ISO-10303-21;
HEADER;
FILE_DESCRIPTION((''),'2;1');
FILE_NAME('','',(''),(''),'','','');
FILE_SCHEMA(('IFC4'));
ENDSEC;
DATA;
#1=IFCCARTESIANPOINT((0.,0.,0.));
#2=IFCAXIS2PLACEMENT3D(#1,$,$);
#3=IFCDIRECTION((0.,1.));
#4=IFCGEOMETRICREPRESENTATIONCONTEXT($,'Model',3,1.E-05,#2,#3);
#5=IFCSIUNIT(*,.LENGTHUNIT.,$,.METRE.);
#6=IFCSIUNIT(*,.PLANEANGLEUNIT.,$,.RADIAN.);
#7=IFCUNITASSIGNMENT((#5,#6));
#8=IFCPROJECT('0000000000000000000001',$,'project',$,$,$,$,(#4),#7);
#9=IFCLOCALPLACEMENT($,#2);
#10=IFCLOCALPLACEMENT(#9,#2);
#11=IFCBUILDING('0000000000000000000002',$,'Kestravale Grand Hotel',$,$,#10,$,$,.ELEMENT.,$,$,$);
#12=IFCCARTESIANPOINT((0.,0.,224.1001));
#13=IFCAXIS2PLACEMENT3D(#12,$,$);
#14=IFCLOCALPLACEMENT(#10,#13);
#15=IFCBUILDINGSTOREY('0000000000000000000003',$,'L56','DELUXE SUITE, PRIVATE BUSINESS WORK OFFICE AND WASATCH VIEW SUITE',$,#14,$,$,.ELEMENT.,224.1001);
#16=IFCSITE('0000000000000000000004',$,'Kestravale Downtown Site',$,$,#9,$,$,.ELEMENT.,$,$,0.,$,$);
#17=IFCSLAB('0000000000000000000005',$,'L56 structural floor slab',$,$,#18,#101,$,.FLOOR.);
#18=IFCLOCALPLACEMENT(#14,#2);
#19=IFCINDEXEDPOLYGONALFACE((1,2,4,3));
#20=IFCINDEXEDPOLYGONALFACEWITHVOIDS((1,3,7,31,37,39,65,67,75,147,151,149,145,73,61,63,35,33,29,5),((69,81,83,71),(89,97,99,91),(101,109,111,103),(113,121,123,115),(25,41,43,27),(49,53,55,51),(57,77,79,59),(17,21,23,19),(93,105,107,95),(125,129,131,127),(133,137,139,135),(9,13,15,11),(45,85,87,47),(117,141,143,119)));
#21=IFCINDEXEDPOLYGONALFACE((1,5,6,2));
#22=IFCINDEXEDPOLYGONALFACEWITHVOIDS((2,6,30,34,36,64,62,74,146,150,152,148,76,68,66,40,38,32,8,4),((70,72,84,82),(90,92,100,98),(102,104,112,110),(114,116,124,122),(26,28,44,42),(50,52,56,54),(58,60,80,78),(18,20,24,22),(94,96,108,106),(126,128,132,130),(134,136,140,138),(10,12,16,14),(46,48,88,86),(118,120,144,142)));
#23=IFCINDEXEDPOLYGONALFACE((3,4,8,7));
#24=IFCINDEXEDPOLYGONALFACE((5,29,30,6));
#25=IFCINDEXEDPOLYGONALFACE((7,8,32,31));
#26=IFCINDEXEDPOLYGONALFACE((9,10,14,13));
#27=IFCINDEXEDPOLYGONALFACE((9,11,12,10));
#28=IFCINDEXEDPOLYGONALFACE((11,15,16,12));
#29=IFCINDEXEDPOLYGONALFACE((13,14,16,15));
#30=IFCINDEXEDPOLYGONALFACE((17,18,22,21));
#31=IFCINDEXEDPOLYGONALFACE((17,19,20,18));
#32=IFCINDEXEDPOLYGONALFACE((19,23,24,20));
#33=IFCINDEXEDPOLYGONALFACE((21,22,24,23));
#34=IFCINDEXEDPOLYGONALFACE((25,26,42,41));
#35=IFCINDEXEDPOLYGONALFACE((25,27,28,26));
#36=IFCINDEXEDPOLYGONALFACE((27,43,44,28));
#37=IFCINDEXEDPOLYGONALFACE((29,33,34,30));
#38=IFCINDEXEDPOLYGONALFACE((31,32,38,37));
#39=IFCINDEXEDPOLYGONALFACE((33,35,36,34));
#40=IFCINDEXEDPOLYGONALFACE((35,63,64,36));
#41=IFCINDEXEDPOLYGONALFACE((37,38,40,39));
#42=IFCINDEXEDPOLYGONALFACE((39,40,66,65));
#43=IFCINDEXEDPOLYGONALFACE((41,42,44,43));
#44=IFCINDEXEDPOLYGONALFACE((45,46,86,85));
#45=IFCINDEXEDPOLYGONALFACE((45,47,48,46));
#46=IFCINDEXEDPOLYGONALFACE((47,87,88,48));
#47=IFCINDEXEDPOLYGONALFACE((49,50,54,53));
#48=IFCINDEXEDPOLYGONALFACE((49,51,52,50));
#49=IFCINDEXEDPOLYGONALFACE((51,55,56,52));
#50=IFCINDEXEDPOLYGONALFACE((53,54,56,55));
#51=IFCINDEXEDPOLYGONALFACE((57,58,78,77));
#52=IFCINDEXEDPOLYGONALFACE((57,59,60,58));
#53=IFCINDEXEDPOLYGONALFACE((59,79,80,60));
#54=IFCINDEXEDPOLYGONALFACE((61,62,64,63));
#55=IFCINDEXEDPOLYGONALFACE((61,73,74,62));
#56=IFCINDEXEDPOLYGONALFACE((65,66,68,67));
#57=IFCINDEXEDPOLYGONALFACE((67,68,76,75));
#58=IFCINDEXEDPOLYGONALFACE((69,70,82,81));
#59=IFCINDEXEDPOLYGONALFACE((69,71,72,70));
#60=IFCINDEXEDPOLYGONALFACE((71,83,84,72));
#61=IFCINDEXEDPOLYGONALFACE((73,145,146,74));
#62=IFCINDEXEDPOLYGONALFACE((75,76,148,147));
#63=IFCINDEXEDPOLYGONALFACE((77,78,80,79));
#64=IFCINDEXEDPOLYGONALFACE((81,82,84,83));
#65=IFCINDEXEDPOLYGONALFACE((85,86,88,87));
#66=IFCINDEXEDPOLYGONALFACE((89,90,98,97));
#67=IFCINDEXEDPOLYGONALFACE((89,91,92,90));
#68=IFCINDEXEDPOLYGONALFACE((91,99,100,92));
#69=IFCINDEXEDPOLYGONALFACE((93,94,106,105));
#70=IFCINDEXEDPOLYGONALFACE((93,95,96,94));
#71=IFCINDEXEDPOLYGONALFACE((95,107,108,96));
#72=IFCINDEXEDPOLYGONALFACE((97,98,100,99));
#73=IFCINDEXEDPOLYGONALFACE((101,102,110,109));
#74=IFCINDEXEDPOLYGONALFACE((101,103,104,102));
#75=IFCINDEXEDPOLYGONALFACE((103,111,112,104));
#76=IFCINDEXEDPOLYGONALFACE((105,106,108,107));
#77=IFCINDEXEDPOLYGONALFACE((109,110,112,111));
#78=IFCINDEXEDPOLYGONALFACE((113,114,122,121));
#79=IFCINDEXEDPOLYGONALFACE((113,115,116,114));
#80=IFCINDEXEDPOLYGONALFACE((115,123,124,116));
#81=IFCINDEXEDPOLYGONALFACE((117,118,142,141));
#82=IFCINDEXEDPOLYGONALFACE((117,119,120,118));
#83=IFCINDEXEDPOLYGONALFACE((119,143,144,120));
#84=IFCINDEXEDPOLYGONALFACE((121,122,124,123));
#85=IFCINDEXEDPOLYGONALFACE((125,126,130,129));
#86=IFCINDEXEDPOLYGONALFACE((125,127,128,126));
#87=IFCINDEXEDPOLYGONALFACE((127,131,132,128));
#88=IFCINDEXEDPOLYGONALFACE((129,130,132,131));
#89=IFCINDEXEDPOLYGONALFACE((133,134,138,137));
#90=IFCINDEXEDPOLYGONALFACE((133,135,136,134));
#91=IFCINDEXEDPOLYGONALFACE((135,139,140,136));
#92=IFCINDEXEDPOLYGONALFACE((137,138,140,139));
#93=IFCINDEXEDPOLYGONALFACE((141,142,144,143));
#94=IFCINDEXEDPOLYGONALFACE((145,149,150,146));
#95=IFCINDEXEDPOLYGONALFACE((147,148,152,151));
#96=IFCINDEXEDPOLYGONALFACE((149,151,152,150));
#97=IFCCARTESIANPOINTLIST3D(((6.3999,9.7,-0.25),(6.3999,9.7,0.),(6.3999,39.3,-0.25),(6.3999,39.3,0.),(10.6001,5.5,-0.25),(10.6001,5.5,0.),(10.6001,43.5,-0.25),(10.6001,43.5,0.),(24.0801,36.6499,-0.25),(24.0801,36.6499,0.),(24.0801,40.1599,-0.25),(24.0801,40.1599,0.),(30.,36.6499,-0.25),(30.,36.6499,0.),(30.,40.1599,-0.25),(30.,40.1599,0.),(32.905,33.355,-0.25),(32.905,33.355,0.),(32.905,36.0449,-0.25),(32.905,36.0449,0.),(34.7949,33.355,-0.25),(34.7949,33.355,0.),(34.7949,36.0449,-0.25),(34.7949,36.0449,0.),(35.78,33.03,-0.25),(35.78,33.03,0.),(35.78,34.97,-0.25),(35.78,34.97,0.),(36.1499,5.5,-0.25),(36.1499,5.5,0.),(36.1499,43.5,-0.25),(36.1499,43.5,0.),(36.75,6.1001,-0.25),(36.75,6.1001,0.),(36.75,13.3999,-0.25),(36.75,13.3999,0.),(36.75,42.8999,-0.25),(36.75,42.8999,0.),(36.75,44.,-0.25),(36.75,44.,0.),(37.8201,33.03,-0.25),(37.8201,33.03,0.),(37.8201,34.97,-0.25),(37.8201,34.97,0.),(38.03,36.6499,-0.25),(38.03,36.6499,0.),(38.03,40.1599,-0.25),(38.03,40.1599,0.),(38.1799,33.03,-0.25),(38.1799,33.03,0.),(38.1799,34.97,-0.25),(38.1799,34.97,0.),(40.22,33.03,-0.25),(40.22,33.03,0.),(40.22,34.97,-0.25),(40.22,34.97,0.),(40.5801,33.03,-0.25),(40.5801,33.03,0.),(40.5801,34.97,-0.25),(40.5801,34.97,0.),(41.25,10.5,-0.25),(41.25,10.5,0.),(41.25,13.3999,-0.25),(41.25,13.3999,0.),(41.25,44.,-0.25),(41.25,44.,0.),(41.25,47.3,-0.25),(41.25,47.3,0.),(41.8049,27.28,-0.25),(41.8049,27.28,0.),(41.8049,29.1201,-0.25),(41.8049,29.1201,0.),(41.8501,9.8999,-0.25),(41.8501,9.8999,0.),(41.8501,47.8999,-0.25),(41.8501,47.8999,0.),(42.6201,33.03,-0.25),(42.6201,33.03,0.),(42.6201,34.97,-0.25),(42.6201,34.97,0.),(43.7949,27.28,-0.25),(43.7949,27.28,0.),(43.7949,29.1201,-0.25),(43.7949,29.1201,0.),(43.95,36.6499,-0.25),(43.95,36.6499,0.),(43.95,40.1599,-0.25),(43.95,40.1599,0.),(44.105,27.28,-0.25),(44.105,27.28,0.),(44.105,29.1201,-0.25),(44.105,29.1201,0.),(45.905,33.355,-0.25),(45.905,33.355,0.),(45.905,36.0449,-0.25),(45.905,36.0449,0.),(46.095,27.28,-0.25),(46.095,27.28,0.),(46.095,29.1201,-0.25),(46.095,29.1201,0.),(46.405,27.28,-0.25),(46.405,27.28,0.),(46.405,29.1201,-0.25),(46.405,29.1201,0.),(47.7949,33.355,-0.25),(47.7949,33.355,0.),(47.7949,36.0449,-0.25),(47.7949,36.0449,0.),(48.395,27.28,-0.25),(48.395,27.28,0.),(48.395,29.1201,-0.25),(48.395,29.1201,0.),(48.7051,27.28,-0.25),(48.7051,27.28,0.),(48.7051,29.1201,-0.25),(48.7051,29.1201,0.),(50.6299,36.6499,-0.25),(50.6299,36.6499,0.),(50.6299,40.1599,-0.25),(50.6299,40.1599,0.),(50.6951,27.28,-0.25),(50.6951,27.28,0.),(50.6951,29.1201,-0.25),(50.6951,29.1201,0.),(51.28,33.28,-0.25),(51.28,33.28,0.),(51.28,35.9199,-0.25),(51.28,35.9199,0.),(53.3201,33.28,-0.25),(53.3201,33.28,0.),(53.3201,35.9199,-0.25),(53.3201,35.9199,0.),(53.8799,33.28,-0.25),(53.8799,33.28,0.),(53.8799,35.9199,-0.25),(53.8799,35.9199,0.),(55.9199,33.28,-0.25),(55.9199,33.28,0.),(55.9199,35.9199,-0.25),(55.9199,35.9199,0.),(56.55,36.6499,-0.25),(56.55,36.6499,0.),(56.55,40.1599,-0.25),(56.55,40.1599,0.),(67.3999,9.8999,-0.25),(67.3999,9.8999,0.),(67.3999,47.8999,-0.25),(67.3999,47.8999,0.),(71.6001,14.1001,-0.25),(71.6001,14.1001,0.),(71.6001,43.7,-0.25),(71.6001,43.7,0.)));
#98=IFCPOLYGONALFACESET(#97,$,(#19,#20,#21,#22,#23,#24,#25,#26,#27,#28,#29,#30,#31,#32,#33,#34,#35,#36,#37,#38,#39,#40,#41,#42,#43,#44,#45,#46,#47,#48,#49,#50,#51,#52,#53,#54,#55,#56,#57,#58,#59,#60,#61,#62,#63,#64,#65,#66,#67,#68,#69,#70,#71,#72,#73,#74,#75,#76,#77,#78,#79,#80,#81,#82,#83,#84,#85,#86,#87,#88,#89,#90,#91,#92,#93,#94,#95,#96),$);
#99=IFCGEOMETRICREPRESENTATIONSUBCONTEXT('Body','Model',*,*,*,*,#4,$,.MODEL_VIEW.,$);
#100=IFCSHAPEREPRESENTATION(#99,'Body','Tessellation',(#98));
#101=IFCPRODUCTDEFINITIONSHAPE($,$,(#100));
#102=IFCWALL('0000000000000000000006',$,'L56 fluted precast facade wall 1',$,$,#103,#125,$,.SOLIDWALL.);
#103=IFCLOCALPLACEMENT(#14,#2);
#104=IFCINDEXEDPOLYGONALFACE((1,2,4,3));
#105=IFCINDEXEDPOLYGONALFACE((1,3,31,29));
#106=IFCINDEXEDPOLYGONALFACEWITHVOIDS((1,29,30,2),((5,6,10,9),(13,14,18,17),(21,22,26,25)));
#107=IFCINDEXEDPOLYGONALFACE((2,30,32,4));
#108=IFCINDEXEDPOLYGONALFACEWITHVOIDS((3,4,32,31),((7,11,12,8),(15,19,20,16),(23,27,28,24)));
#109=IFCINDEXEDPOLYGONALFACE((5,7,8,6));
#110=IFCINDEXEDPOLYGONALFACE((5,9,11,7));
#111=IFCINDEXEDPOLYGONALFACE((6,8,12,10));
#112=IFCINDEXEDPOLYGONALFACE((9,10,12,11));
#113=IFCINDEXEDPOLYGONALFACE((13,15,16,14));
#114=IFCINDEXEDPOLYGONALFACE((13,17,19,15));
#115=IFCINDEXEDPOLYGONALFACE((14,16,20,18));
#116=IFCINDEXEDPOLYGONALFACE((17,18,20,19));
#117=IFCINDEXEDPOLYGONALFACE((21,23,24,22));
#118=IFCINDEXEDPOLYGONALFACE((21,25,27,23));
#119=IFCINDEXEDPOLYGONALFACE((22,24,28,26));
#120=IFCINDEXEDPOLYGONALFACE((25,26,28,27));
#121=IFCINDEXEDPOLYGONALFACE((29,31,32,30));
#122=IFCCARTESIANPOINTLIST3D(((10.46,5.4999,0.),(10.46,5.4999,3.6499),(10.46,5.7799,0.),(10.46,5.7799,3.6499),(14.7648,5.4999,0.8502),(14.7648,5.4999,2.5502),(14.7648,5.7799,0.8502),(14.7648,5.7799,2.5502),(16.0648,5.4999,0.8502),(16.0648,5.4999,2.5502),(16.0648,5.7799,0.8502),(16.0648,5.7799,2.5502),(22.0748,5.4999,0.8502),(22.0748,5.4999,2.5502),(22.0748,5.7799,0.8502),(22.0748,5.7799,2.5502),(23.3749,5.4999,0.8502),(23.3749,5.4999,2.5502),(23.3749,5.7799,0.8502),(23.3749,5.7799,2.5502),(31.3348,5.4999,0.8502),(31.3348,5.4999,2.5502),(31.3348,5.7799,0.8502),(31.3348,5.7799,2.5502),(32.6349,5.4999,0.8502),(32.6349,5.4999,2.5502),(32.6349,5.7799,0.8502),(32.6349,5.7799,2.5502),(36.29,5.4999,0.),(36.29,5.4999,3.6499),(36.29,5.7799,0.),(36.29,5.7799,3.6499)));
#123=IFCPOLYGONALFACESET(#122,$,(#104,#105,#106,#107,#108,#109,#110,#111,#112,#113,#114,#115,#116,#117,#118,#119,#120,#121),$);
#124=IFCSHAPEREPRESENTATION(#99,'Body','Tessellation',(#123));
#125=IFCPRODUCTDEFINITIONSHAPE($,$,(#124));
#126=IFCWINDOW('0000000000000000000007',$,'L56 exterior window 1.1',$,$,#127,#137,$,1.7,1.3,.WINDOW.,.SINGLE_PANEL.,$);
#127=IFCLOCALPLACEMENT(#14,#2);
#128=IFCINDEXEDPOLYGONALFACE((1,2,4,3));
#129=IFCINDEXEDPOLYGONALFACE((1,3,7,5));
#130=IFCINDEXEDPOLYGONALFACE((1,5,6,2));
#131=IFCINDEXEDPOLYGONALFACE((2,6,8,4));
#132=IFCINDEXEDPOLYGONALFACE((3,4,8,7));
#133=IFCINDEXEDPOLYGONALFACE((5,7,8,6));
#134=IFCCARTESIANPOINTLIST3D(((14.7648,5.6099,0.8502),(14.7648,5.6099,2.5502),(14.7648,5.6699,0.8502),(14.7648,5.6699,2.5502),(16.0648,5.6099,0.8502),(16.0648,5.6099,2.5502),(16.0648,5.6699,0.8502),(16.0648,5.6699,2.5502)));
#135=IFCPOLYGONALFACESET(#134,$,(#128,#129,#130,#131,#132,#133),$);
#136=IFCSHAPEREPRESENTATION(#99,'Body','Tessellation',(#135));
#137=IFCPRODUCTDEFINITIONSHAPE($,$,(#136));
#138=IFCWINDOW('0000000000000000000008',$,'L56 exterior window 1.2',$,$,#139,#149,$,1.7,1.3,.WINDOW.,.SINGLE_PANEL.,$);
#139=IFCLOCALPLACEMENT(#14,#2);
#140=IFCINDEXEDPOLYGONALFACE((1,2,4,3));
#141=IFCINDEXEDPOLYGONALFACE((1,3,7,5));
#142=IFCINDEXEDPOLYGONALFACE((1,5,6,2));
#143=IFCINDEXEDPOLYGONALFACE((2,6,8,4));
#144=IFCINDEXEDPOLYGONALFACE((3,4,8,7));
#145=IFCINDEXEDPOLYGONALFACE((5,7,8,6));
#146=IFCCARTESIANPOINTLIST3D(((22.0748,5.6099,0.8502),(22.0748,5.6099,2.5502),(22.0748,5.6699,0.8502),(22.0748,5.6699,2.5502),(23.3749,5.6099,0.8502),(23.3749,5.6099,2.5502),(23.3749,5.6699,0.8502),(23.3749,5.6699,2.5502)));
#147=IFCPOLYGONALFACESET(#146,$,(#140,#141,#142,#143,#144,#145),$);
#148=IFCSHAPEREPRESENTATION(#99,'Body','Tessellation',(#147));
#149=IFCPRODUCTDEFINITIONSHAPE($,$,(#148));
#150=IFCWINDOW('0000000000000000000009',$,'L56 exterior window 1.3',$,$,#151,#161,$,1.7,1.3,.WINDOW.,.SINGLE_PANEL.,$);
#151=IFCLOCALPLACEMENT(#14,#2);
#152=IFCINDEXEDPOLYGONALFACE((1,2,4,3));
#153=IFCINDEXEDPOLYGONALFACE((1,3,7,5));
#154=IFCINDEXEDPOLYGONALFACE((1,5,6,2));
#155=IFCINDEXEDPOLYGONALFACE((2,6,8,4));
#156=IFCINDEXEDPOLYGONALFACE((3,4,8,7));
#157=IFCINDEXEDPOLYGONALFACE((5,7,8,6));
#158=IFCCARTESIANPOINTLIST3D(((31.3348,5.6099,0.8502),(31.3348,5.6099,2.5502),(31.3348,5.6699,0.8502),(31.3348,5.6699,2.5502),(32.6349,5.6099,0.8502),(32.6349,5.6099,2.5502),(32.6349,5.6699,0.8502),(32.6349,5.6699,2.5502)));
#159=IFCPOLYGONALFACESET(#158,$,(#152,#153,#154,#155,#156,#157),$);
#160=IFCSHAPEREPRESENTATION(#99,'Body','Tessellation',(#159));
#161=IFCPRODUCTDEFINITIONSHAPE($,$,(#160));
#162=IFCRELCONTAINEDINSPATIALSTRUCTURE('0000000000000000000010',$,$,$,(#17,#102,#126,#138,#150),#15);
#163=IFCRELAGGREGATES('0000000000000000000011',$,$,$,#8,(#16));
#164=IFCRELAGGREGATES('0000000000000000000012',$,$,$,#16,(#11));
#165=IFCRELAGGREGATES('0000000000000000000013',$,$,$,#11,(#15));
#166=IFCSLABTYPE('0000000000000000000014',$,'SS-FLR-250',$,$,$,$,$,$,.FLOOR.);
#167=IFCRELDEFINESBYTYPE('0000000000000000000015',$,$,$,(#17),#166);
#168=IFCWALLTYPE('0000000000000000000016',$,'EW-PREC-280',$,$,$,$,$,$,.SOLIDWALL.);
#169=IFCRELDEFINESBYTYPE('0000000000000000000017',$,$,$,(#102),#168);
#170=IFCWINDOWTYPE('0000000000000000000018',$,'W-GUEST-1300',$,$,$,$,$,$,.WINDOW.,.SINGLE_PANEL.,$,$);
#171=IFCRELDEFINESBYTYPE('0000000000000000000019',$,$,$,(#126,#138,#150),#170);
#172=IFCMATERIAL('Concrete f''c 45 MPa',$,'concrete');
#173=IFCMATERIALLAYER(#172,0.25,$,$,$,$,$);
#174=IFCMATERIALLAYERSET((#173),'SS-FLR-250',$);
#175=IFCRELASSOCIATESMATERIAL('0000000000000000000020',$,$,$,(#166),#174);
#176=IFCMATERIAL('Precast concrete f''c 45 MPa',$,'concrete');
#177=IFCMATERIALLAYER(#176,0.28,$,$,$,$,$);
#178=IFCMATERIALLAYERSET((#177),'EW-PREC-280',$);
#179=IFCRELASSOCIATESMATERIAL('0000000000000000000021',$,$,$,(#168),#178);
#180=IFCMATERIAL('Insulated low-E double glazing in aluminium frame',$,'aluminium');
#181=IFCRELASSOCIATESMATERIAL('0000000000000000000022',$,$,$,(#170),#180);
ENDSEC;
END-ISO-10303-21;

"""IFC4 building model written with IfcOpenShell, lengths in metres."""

from ifc_helpers import new_model, si_unit, direction, frame, frame_2d, origin, place, context, subcontext, project, spatial, polyline, rectangle, outline, extrude, material, layer, layer_set, type_object, element, fill, save


model = new_model("IFC4")

# Units and contexts
model_context = context("Model", 3, precision=1e-05, world=origin(), true_north=direction((0.0, 1.0)))
body_context = subcontext(model_context, "Body", "Model", "MODEL_VIEW")
ifc_project = project(units=[si_unit("LENGTHUNIT", "METRE"), si_unit("PLANEANGLEUNIT", "RADIAN")], contexts=[model_context])

# Site, building, storey
site_placement = place(None, origin())
site = spatial("IfcSite", under=ifc_project, at=site_placement, Name="Kestravale Downtown Site", CompositionType="ELEMENT", RefElevation=0.0)
building_placement = place(site_placement, origin())
building = spatial("IfcBuilding", under=site, at=building_placement, Name="Kestravale Grand Hotel", CompositionType="ELEMENT")
storey_placement = place(building_placement, frame((0.0, 0.0, 224.1001)))
storey = spatial("IfcBuildingStorey", under=building, at=storey_placement, Name="L56", Description="DELUXE SUITE, PRIVATE BUSINESS WORK OFFICE AND WASATCH VIEW SUITE", CompositionType="ELEMENT", Elevation=224.1001)

# Slab
ifc_material_1 = material(Name="Concrete f'c 45 MPa", Category="concrete")
ifc_layer_1 = layer(ifc_material_1, 0.25)
ifc_layer_set_1 = layer_set([ifc_layer_1], Name="SS-FLR-250")
slab_type_1 = type_object("IfcSlabType", Name="SS-FLR-250", PredefinedType="FLOOR", material=ifc_layer_set_1)
slab_1_placement = place(storey_placement, frame((0.0, 0.0, -0.25)))
element("IfcSlab", 1, at=slab_1_placement, inside=storey, type_object=slab_type_1, Name="L56 structural floor slab", PredefinedType="FLOOR", context=body_context, shape_type="SweptSolid", body=[
    extrude(outline(polyline([(10.6001, 5.5), (36.1499, 5.5), (36.75, 6.1001), (36.75, 13.3999), (41.25, 13.3999), (41.25, 10.5), (41.8501, 9.8999), (67.3999, 9.8999), (71.6001, 14.1001), (71.6001, 43.7), (67.3999, 47.8999), (41.8501, 47.8999), (41.25, 47.3), (41.25, 44.0), (36.75, 44.0), (36.75, 42.8999), (36.1499, 43.5), (10.6001, 43.5), (6.3999, 39.3), (6.3999, 9.7), (10.6001, 5.5)]), holes=[polyline([(24.0801, 36.6499), (30.0, 36.6499), (30.0, 40.1599), (24.0801, 40.1599), (24.0801, 36.6499)]), polyline([(38.03, 36.6499), (43.95, 36.6499), (43.95, 40.1599), (38.03, 40.1599), (38.03, 36.6499)]), polyline([(50.6299, 36.6499), (56.55, 36.6499), (56.55, 40.1599), (50.6299, 40.1599), (50.6299, 36.6499)]), polyline([(41.8049, 27.28), (43.7949, 27.28), (43.7949, 29.1201), (41.8049, 29.1201), (41.8049, 27.28)]), polyline([(44.105, 27.28), (46.095, 27.28), (46.095, 29.1201), (44.105, 29.1201), (44.105, 27.28)]), polyline([(46.405, 27.28), (48.395, 27.28), (48.395, 29.1201), (46.405, 29.1201), (46.405, 27.28)]), polyline([(48.7051, 27.28), (50.6951, 27.28), (50.6951, 29.1201), (48.7051, 29.1201), (48.7051, 27.28)]), polyline([(35.78, 33.03), (37.8201, 33.03), (37.8201, 34.97), (35.78, 34.97), (35.78, 33.03)]), polyline([(38.1799, 33.03), (40.22, 33.03), (40.22, 34.97), (38.1799, 34.97), (38.1799, 33.03)]), polyline([(40.5801, 33.03), (42.6201, 33.03), (42.6201, 34.97), (40.5801, 34.97), (40.5801, 33.03)]), polyline([(32.905, 33.355), (34.7949, 33.355), (34.7949, 36.0449), (32.905, 36.0449), (32.905, 33.355)]), polyline([(45.905, 33.355), (47.7949, 33.355), (47.7949, 36.0449), (45.905, 36.0449), (45.905, 33.355)]), polyline([(51.28, 33.28), (53.3201, 33.28), (53.3201, 35.9199), (51.28, 35.9199), (51.28, 33.28)]), polyline([(53.8799, 33.28), (55.9199, 33.28), (55.9199, 35.9199), (53.8799, 35.9199), (53.8799, 33.28)])]), origin(), (0.0, 0.0, 1.0), 0.25),
])

# Wall, openings, windows
ifc_material_2 = material(Name="Precast concrete f'c 45 MPa", Category="concrete")
ifc_layer_2 = layer(ifc_material_2, 0.28)
ifc_layer_set_2 = layer_set([ifc_layer_2], Name="EW-PREC-280")
wall_type_1 = type_object("IfcWallType", Name="EW-PREC-280", PredefinedType="SOLIDWALL", material=ifc_layer_set_2)
wall_1_placement = place(storey_placement, frame((10.46, 5.6399, 0.0), z_axis=(0.0, 0.0, 1.0), x_axis=(1.0, 0.0, 0.0)))
wall_1 = element("IfcWall", 2, at=wall_1_placement, inside=storey, type_object=wall_type_1, Name="L56 fluted precast facade wall 1", PredefinedType="SOLIDWALL", context=body_context, shape_type="SweptSolid", body=[
    extrude(rectangle(XDim=25.8301, YDim=0.28, at=frame_2d((12.915, 0.0))), origin(), (0.0, 0.0, 1.0), 3.6499),
])
opening_1_placement = place(wall_1_placement, frame((4.3049, 0.0, 0.8501)))
opening_1 = element("IfcOpeningElement", 3, at=opening_1_placement, cuts=wall_1, PredefinedType="OPENING", context=body_context, shape_type="SweptSolid", body=[
    extrude(rectangle(XDim=1.3, YDim=1.7, at=frame_2d((0.6499, 0.8501))), frame((0.0, 0.1499, 0.0), z_axis=(0.0, -1.0, 0.0), x_axis=(1.0, 0.0, 0.0)), (0.0, 0.0, 1.0), 0.3),
])
opening_2_placement = place(wall_1_placement, frame((11.615, 0.0, 0.8501)))
opening_2 = element("IfcOpeningElement", 4, at=opening_2_placement, cuts=wall_1, PredefinedType="OPENING", context=body_context, shape_type="SweptSolid", body=[
    extrude(rectangle(XDim=1.3, YDim=1.7, at=frame_2d((0.6499, 0.8501))), frame((0.0, 0.1499, 0.0), z_axis=(0.0, -1.0, 0.0), x_axis=(1.0, 0.0, 0.0)), (0.0, 0.0, 1.0), 0.3),
])
opening_3_placement = place(wall_1_placement, frame((20.875, 0.0, 0.8501)))
opening_3 = element("IfcOpeningElement", 5, at=opening_3_placement, cuts=wall_1, PredefinedType="OPENING", context=body_context, shape_type="SweptSolid", body=[
    extrude(rectangle(XDim=1.3, YDim=1.7, at=frame_2d((0.6499, 0.8501))), frame((0.0, 0.1499, 0.0), z_axis=(0.0, -1.0, 0.0), x_axis=(1.0, 0.0, 0.0)), (0.0, 0.0, 1.0), 0.3),
])
ifc_material_3 = material(Name="Insulated low-E double glazing in aluminium frame", Category="aluminium")
window_type = type_object("IfcWindowType", Name="W-GUEST-1300", PartitioningType="SINGLE_PANEL", PredefinedType="WINDOW", material=ifc_material_3)
window_1_placement = place(opening_1_placement, origin())
window_1 = element("IfcWindow", 6, at=window_1_placement, inside=storey, type_object=window_type, Name="L56 exterior window 1.1", OverallHeight=1.7, OverallWidth=1.3, PartitioningType="SINGLE_PANEL", PredefinedType="WINDOW", context=body_context, shape_type="SweptSolid", body=[
    extrude(rectangle(XDim=1.3, YDim=1.7, at=frame_2d((0.6499, 0.8501))), frame((0.0, 0.03, 0.0), z_axis=(0.0, -1.0, 0.0), x_axis=(1.0, 0.0, 0.0)), (0.0, 0.0, 1.0), 0.0601),
])
fill(opening_1, window_1)
window_2_placement = place(opening_2_placement, origin())
window_2 = element("IfcWindow", 7, at=window_2_placement, inside=storey, type_object=window_type, Name="L56 exterior window 1.2", OverallHeight=1.7, OverallWidth=1.3, PartitioningType="SINGLE_PANEL", PredefinedType="WINDOW", context=body_context, shape_type="SweptSolid", body=[
    extrude(rectangle(XDim=1.3, YDim=1.7, at=frame_2d((0.6499, 0.8501))), frame((0.0, 0.03, 0.0), z_axis=(0.0, -1.0, 0.0), x_axis=(1.0, 0.0, 0.0)), (0.0, 0.0, 1.0), 0.0601),
])
fill(opening_2, window_2)
window_3_placement = place(opening_3_placement, origin())
window_3 = element("IfcWindow", 8, at=window_3_placement, inside=storey, type_object=window_type, Name="L56 exterior window 1.3", OverallHeight=1.7, OverallWidth=1.3, PartitioningType="SINGLE_PANEL", PredefinedType="WINDOW", context=body_context, shape_type="SweptSolid", body=[
    extrude(rectangle(XDim=1.3, YDim=1.7, at=frame_2d((0.6499, 0.8501))), frame((0.0, 0.03, 0.0), z_axis=(0.0, -1.0, 0.0), x_axis=(1.0, 0.0, 0.0)), (0.0, 0.0, 1.0), 0.0601),
])
fill(opening_3, window_3)

save(model, "model.ifc")
